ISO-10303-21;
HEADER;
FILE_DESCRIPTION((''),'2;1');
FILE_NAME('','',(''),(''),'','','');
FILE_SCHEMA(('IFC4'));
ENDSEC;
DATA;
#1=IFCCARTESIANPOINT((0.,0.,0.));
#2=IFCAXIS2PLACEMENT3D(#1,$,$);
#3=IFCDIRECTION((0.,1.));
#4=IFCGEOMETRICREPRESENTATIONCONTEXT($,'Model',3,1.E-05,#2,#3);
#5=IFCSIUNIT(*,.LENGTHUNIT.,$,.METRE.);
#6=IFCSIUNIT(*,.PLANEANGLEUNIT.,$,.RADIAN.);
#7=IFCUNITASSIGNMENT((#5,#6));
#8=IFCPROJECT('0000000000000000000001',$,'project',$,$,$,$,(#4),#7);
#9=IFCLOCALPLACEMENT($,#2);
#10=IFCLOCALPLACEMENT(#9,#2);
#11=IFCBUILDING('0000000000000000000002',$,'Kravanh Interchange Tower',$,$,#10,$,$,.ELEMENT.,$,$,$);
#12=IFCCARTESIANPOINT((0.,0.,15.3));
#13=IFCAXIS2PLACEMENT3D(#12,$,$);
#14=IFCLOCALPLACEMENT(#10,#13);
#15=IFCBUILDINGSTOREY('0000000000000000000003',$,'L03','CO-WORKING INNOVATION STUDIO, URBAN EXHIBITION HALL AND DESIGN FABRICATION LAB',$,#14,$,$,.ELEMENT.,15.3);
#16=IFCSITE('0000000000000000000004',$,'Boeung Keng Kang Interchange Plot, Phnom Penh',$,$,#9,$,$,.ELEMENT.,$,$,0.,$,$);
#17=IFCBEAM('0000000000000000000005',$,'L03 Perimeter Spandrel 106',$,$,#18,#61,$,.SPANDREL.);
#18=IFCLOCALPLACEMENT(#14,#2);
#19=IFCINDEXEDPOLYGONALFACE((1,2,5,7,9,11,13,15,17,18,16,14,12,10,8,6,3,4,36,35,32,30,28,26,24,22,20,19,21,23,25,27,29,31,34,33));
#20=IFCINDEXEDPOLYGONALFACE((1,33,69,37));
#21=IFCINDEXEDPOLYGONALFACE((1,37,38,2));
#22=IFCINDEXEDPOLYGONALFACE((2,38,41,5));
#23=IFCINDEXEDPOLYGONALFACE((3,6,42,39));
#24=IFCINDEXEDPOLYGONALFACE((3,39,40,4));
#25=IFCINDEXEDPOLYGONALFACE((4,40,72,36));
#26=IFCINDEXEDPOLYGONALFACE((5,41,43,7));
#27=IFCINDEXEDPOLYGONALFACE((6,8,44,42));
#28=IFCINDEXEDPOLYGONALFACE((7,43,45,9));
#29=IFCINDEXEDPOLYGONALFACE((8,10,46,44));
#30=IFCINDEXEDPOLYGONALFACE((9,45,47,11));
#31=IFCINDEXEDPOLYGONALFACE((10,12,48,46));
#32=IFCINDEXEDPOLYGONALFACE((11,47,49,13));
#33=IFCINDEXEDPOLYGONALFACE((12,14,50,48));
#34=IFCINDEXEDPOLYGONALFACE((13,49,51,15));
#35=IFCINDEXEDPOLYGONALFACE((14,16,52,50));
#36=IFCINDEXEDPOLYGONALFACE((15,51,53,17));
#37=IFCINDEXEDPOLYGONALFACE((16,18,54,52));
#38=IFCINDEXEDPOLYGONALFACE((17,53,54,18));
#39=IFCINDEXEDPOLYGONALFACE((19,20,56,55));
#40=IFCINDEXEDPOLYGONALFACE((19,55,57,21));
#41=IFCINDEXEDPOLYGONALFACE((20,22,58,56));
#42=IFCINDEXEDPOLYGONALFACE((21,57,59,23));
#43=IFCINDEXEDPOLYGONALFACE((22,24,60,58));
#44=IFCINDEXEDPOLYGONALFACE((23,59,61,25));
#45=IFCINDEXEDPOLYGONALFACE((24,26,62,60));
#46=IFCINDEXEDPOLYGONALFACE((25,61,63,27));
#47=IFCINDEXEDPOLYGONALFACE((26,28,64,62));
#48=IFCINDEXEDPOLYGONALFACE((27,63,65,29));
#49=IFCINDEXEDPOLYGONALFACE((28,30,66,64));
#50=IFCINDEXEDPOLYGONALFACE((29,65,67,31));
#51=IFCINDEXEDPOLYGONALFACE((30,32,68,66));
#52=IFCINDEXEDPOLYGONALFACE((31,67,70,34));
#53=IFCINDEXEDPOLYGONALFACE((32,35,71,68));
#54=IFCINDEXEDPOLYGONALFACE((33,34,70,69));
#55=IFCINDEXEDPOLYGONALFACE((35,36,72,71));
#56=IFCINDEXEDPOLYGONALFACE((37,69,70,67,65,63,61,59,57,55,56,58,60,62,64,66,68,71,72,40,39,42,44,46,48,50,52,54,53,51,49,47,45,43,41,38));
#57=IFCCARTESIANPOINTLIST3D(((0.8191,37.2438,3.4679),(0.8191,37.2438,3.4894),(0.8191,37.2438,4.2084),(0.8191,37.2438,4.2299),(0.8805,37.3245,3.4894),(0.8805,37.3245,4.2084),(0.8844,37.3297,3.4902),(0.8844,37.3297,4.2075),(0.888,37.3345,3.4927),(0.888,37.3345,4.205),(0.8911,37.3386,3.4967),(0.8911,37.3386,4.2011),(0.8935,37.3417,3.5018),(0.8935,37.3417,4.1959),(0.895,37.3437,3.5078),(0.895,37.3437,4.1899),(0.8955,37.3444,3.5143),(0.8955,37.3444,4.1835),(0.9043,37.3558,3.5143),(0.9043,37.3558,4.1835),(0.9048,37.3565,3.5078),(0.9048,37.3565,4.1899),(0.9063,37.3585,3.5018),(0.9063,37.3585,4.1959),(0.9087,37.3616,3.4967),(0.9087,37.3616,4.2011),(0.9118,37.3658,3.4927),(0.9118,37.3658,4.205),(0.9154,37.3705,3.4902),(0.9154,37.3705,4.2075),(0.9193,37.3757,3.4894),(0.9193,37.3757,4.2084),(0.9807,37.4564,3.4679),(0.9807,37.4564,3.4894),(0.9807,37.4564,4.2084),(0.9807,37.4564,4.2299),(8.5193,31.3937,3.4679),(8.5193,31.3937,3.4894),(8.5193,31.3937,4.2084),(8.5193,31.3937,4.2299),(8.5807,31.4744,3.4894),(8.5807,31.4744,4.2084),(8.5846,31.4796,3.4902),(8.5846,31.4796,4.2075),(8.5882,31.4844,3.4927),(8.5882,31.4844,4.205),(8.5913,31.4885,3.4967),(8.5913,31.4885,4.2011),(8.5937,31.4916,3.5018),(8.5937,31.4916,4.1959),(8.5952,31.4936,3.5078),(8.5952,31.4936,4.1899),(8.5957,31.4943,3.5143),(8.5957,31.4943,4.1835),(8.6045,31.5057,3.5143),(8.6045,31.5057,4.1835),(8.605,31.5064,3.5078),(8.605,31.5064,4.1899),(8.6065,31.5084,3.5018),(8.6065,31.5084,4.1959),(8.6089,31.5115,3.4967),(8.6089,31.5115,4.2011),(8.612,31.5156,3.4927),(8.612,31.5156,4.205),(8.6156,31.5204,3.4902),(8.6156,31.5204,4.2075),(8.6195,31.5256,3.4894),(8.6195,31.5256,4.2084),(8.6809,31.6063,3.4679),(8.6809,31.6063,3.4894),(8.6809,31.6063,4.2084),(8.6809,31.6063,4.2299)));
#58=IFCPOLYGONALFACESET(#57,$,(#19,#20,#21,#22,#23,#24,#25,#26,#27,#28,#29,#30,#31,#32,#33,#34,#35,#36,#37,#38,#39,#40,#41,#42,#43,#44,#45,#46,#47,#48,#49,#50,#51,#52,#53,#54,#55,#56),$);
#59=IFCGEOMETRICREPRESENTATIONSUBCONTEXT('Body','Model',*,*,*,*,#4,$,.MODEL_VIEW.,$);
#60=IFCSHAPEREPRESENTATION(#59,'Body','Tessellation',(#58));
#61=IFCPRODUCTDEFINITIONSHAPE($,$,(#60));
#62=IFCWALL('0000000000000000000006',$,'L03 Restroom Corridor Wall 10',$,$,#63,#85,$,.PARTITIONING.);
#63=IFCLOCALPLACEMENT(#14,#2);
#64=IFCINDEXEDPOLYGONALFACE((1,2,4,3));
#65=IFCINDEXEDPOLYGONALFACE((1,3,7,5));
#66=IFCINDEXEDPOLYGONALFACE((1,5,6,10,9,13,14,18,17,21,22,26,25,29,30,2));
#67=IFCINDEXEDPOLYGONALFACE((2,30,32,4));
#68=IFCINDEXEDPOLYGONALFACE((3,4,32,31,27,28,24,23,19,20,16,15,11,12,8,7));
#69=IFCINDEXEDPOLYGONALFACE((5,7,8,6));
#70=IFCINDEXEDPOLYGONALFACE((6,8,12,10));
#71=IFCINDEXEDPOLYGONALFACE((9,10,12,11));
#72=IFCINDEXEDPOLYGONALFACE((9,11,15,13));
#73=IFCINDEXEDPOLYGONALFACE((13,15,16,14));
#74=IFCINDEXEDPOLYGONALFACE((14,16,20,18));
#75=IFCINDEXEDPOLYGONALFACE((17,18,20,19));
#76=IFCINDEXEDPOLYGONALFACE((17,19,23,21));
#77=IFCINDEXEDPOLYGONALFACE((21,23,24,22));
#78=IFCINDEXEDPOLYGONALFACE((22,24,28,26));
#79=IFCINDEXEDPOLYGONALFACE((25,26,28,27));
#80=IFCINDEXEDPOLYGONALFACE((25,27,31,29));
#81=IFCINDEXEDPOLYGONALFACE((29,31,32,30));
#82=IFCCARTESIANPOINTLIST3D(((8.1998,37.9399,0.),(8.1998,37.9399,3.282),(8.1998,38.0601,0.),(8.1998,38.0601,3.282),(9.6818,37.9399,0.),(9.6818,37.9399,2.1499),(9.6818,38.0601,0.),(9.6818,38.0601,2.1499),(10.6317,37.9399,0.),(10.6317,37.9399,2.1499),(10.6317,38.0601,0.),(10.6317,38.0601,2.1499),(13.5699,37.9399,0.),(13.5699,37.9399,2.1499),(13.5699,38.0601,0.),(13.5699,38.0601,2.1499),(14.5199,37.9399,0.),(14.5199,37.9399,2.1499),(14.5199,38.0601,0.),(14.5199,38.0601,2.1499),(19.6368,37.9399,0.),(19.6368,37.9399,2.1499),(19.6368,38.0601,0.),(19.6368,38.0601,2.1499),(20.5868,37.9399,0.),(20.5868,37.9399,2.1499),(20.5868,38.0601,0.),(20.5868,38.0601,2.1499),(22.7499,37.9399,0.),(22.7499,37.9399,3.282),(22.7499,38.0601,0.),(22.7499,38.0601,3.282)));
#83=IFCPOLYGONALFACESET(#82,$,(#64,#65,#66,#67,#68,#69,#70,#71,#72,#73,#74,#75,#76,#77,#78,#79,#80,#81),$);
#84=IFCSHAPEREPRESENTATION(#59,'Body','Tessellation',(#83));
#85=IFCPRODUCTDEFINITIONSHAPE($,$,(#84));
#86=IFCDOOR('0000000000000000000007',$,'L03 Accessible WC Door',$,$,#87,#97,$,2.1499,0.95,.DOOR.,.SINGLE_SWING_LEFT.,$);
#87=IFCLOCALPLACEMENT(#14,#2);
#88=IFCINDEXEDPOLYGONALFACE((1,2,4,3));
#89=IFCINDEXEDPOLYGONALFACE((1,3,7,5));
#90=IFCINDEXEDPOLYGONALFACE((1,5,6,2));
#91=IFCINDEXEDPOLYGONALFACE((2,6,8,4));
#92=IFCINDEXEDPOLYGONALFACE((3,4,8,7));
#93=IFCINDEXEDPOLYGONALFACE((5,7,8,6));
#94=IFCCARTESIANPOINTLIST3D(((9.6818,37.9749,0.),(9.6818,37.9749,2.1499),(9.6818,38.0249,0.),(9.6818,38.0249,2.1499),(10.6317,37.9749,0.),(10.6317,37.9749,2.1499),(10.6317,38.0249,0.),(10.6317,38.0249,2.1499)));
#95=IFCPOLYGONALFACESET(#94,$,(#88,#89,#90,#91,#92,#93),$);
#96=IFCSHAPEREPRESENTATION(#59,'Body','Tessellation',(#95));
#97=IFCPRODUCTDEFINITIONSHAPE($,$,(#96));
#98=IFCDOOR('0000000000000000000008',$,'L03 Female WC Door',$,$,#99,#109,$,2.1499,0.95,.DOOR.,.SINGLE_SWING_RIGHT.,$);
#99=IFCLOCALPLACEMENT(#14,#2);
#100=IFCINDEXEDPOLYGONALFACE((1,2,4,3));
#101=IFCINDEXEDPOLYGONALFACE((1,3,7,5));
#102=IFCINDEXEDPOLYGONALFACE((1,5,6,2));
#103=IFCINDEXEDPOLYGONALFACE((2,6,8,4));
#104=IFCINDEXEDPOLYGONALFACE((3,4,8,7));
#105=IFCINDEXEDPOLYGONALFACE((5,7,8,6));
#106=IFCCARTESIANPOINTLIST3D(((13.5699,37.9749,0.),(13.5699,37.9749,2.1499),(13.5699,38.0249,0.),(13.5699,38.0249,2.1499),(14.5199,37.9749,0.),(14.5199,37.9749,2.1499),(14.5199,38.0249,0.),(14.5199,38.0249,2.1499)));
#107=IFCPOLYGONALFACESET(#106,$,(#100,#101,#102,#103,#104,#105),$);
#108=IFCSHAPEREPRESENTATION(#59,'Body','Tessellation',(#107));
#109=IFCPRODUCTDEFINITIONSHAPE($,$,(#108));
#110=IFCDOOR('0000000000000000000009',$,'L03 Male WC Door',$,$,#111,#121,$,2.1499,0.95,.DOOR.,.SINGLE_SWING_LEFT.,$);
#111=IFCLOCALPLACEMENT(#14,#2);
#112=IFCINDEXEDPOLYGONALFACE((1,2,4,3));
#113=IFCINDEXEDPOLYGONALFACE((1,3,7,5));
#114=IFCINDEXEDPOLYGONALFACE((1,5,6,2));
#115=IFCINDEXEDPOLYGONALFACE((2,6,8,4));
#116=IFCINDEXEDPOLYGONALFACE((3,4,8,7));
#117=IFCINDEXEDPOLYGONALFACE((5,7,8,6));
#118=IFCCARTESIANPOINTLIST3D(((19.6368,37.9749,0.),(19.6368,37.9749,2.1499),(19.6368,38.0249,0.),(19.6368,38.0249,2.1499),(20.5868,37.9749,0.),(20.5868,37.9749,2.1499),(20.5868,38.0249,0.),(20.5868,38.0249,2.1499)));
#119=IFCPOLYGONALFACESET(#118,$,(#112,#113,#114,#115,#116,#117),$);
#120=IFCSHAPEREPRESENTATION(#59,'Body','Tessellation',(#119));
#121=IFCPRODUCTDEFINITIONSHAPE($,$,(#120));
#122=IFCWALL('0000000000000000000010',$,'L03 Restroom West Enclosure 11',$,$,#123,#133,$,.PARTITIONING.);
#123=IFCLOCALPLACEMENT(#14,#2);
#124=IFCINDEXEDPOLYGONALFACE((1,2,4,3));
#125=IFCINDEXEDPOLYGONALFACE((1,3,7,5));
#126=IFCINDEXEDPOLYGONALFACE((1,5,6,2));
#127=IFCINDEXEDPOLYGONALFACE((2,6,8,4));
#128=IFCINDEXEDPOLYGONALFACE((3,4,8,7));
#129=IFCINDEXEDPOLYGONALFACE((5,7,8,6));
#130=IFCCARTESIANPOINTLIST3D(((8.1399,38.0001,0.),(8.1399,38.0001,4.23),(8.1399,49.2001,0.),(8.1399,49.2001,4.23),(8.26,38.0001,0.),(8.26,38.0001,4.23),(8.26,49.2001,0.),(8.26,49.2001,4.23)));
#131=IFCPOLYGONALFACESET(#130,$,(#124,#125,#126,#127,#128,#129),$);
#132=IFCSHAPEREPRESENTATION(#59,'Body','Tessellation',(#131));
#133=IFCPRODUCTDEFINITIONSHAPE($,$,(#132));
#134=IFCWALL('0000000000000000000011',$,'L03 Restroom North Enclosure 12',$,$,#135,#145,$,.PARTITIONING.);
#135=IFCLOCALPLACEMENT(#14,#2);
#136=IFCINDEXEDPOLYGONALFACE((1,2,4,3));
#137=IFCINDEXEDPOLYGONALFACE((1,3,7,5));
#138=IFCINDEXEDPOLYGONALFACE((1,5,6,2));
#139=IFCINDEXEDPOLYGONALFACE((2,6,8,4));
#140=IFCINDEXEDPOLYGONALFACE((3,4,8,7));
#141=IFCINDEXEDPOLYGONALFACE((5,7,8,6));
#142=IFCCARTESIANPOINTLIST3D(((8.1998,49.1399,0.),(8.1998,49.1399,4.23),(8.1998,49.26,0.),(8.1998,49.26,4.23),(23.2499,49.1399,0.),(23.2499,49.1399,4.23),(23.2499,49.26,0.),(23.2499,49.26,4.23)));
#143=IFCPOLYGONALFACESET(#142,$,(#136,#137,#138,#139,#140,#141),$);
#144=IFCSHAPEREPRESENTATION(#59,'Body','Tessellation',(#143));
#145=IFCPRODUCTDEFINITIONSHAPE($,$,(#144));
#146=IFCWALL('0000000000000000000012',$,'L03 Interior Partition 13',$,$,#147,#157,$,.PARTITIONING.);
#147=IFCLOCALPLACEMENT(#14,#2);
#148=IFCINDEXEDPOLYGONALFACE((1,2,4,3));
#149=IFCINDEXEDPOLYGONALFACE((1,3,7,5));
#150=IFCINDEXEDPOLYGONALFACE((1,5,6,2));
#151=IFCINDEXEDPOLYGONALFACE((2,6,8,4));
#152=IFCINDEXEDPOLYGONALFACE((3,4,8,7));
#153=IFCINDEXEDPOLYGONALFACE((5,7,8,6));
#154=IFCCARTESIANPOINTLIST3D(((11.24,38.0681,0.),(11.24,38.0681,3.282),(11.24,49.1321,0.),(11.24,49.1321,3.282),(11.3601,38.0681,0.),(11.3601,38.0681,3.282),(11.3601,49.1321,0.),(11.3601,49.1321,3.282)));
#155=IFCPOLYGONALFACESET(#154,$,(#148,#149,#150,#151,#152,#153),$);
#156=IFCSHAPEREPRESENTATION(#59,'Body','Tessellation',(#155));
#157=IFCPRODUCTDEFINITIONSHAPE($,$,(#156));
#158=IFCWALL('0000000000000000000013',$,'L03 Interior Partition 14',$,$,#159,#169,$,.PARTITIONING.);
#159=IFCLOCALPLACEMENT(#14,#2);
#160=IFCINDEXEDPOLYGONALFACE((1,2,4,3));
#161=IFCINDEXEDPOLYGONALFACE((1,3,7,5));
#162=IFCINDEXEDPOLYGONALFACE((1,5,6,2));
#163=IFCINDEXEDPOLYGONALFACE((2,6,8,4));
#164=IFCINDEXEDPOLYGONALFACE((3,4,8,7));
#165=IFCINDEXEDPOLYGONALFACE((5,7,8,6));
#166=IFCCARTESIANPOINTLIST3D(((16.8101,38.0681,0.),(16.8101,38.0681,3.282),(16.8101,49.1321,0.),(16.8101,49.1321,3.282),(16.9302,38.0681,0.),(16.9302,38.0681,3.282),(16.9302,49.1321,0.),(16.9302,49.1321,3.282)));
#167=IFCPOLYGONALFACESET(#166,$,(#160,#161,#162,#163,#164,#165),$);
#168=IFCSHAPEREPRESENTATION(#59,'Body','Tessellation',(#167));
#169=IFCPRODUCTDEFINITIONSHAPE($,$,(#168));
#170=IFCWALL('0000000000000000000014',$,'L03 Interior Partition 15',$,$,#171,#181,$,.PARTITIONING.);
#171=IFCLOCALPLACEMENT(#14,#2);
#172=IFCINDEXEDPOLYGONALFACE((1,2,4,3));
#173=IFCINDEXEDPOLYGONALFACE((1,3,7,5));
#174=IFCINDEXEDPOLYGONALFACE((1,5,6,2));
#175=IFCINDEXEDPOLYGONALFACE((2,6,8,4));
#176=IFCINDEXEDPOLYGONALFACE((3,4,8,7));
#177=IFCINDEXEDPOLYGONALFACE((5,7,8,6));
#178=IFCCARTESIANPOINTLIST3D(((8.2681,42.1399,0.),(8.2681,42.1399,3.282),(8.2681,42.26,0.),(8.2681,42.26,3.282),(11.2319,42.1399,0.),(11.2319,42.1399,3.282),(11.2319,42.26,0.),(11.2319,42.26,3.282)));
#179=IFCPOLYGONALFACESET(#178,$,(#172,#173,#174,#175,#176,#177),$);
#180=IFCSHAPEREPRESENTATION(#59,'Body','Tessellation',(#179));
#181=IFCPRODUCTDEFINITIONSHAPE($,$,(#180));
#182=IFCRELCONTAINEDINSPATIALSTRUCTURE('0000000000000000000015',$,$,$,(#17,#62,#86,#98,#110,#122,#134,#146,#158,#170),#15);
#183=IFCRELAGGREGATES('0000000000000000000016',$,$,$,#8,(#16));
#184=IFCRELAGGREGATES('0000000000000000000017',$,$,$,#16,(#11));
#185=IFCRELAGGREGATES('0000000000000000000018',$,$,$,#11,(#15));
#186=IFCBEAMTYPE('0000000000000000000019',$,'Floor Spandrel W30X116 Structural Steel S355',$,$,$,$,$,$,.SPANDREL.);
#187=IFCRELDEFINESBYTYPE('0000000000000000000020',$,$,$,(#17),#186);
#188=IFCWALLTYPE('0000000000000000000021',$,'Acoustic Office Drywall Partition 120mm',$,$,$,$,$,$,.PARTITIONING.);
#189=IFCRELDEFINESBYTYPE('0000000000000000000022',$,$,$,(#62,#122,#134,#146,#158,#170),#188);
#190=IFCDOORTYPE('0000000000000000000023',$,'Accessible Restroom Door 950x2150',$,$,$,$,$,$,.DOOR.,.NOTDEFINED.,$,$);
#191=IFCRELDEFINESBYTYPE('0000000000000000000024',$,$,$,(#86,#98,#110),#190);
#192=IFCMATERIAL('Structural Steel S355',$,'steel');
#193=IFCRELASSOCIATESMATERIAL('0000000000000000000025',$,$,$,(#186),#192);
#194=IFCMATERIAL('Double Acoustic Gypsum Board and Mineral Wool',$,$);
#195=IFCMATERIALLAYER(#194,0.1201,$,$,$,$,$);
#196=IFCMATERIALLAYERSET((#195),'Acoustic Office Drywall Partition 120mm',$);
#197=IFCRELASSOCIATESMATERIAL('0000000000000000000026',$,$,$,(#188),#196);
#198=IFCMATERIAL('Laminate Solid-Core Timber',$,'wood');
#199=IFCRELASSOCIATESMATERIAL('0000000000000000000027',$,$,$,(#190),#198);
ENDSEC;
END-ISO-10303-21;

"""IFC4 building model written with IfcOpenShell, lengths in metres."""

from ifc_helpers import new_model, si_unit, direction, frame, frame_2d, origin, origin_2d, place, context, subcontext, project, spatial, rectangle, i_section, extrude, material, layer, layer_set, material_profile, profile_set, type_object, element, fill, save


model = new_model("IFC4")

# Units and contexts
model_context = context("Model", 3, precision=1e-05, world=origin(), true_north=direction((0.0, 1.0)))
body_context = subcontext(model_context, "Body", "Model", "MODEL_VIEW")
ifc_project = project(units=[si_unit("LENGTHUNIT", "METRE"), si_unit("PLANEANGLEUNIT", "RADIAN")], contexts=[model_context])

# Site, building, storey
site_placement = place(None, origin())
site = spatial("IfcSite", under=ifc_project, at=site_placement, Name="Boeung Keng Kang Interchange Plot, Phnom Penh", CompositionType="ELEMENT", RefElevation=0.0)
building_placement = place(site_placement, origin())
building = spatial("IfcBuilding", under=site, at=building_placement, Name="Kravanh Interchange Tower", CompositionType="ELEMENT")
storey_placement = place(building_placement, frame((0.0, 0.0, 15.3)))
storey = spatial("IfcBuildingStorey", under=building, at=storey_placement, Name="L03", Description="CO-WORKING INNOVATION STUDIO, URBAN EXHIBITION HALL AND DESIGN FABRICATION LAB", CompositionType="ELEMENT", Elevation=15.3)

# Beam
ifc_material_1 = material(Name="Structural Steel S355", Category="steel")
ifc_material_profile_1 = material_profile(ifc_material_1, i_section(OverallWidth=0.2671, OverallDepth=0.762, WebThickness=0.0144, FlangeThickness=0.0215, FilletRadius=0.0249, at=origin_2d()), Name="W30X116")
ifc_profile_set_1 = profile_set([ifc_material_profile_1], Name="Structural Steel S355")
beam_type_1 = type_object("IfcBeamType", Name="Floor Spandrel W30X116 Structural Steel S355", PredefinedType="SPANDREL", material=ifc_profile_set_1)
beam_1_placement = place(storey_placement, frame((8.6001, 31.5, 3.8489), z_axis=(-0.796264, 0.604949, 0.0), x_axis=(-0.604949, -0.796264, 0.0)))
element("IfcBeam", 1, at=beam_1_placement, inside=storey, type_object=beam_type_1, Name="L03 Perimeter Spandrel 106", PredefinedType="SPANDREL", context=body_context, shape_type="SweptSolid", body=[
    extrude(i_section(OverallWidth=0.2671, OverallDepth=0.762, WebThickness=0.0144, FlangeThickness=0.0215, FilletRadius=0.0249, at=origin_2d()), origin(), (0.0, 0.0, 1.0), 9.6704),
])

# Wall, openings, doors
ifc_material_2 = material(Name="Double Acoustic Gypsum Board and Mineral Wool")
ifc_layer_1 = layer(ifc_material_2, 0.1201)
ifc_layer_set_1 = layer_set([ifc_layer_1], Name="Acoustic Office Drywall Partition 120mm")
wall_type_1 = type_object("IfcWallType", Name="Acoustic Office Drywall Partition 120mm", PredefinedType="PARTITIONING", material=ifc_layer_set_1)
wall_1_placement = place(storey_placement, frame((8.2, 38.0, 0.0), z_axis=(0.0, 0.0, 1.0), x_axis=(1.0, 0.0, 0.0)))
wall_1 = element("IfcWall", 2, at=wall_1_placement, inside=storey, type_object=wall_type_1, Name="L03 Restroom Corridor Wall 10", PredefinedType="PARTITIONING", context=body_context, shape_type="SweptSolid", body=[
    extrude(rectangle(XDim=14.55, YDim=0.1201, at=frame_2d((7.2749, 0.0))), origin(), (0.0, 0.0, 1.0), 3.282),
])
opening_1_placement = place(wall_1_placement, frame((1.4817, 0.0, 0.0)))
opening_1 = element("IfcOpeningElement", 3, at=opening_1_placement, cuts=wall_1, PredefinedType="OPENING", context=body_context, shape_type="SweptSolid", body=[
    extrude(rectangle(XDim=0.95, YDim=2.1499, at=frame_2d((0.4751, 1.075))), frame((0.0, 0.0701, 0.0), z_axis=(0.0, -1.0, 0.0), x_axis=(1.0, 0.0, 0.0)), (0.0, 0.0, 1.0), 0.1401),
])
opening_2_placement = place(wall_1_placement, frame((5.3699, 0.0, 0.0)))
opening_2 = element("IfcOpeningElement", 4, at=opening_2_placement, cuts=wall_1, PredefinedType="OPENING", context=body_context, shape_type="SweptSolid", body=[
    extrude(rectangle(XDim=0.95, YDim=2.1499, at=frame_2d((0.4751, 1.075))), frame((0.0, 0.0701, 0.0), z_axis=(0.0, -1.0, 0.0), x_axis=(1.0, 0.0, 0.0)), (0.0, 0.0, 1.0), 0.1401),
])
opening_3_placement = place(wall_1_placement, frame((11.4368, 0.0, 0.0)))
opening_3 = element("IfcOpeningElement", 5, at=opening_3_placement, cuts=wall_1, PredefinedType="OPENING", context=body_context, shape_type="SweptSolid", body=[
    extrude(rectangle(XDim=0.95, YDim=2.1499, at=frame_2d((0.4751, 1.075))), frame((0.0, 0.0701, 0.0), z_axis=(0.0, -1.0, 0.0), x_axis=(1.0, 0.0, 0.0)), (0.0, 0.0, 1.0), 0.1401),
])
ifc_material_3 = material(Name="Laminate Solid-Core Timber", Category="wood")
door_type = type_object("IfcDoorType", Name="Accessible Restroom Door 950x2150", OperationType="NOTDEFINED", PredefinedType="DOOR", material=ifc_material_3)
door_1_placement = place(opening_1_placement, origin())
door_1 = element("IfcDoor", 6, at=door_1_placement, inside=storey, type_object=door_type, Name="L03 Accessible WC Door", OperationType="SINGLE_SWING_LEFT", OverallHeight=2.1499, OverallWidth=0.95, PredefinedType="DOOR", context=body_context, shape_type="SweptSolid", body=[
    extrude(rectangle(XDim=0.95, YDim=2.1499, at=frame_2d((0.4751, 1.075))), frame((0.0, 0.0249, 0.0), z_axis=(0.0, -1.0, 0.0), x_axis=(1.0, 0.0, 0.0)), (0.0, 0.0, 1.0), 0.05),
])
fill(opening_1, door_1)
door_2_placement = place(opening_2_placement, origin())
door_2 = element("IfcDoor", 7, at=door_2_placement, inside=storey, type_object=door_type, Name="L03 Female WC Door", OperationType="SINGLE_SWING_RIGHT", OverallHeight=2.1499, OverallWidth=0.95, PredefinedType="DOOR", context=body_context, shape_type="SweptSolid", body=[
    extrude(rectangle(XDim=0.95, YDim=2.1499, at=frame_2d((0.4751, 1.075))), frame((0.0, 0.0249, 0.0), z_axis=(0.0, -1.0, 0.0), x_axis=(1.0, 0.0, 0.0)), (0.0, 0.0, 1.0), 0.05),
])
fill(opening_2, door_2)
door_3_placement = place(opening_3_placement, origin())
door_3 = element("IfcDoor", 8, at=door_3_placement, inside=storey, type_object=door_type, Name="L03 Male WC Door", OperationType="SINGLE_SWING_LEFT", OverallHeight=2.1499, OverallWidth=0.95, PredefinedType="DOOR", context=body_context, shape_type="SweptSolid", body=[
    extrude(rectangle(XDim=0.95, YDim=2.1499, at=frame_2d((0.4751, 1.075))), frame((0.0, 0.0249, 0.0), z_axis=(0.0, -1.0, 0.0), x_axis=(1.0, 0.0, 0.0)), (0.0, 0.0, 1.0), 0.05),
])
fill(opening_3, door_3)

# Walls
wall_2_placement = place(storey_placement, frame((8.2, 38.0, 0.0), z_axis=(0.0, 0.0, 1.0), x_axis=(0.0, 1.0, 0.0)))
element("IfcWall", 9, at=wall_2_placement, inside=storey, type_object=wall_type_1, Name="L03 Restroom West Enclosure 11", PredefinedType="PARTITIONING", context=body_context, shape_type="SweptSolid", body=[
    extrude(rectangle(XDim=11.2, YDim=0.1201, at=frame_2d((5.6001, 0.0))), origin(), (0.0, 0.0, 1.0), 4.23),
])
wall_3_placement = place(storey_placement, frame((8.2, 49.2, 0.0), z_axis=(0.0, 0.0, 1.0), x_axis=(1.0, 0.0, 0.0)))
element("IfcWall", 10, at=wall_3_placement, inside=storey, type_object=wall_type_1, Name="L03 Restroom North Enclosure 12", PredefinedType="PARTITIONING", context=body_context, shape_type="SweptSolid", body=[
    extrude(rectangle(XDim=15.05, YDim=0.1201, at=frame_2d((7.5249, 0.0))), origin(), (0.0, 0.0, 1.0), 4.23),
])
for number, where, z_axis, x_axis, name in (
    (11, (11.3, 38.0681, 0.0), (0.0, 0.0, 1.0), (0.0, 1.0, 0.0), "L03 Interior Partition 13"),
    (12, (16.8701, 38.0681, 0.0), (0.0, 0.0, 1.0), (0.0, 1.0, 0.0), "L03 Interior Partition 14"),
):
    element("IfcWall", number, at=place(storey_placement, frame(where, z_axis=z_axis, x_axis=x_axis)), inside=storey, type_object=wall_type_1, Name=name, PredefinedType="PARTITIONING", context=body_context, shape_type="SweptSolid", body=[
        extrude(rectangle(XDim=11.064, YDim=0.1201, at=frame_2d((5.532, 0.0))), origin(), (0.0, 0.0, 1.0), 3.282),
    ])
wall_4_placement = place(storey_placement, frame((8.2681, 42.2, 0.0), z_axis=(0.0, 0.0, 1.0), x_axis=(1.0, 0.0, 0.0)))
element("IfcWall", 13, at=wall_4_placement, inside=storey, type_object=wall_type_1, Name="L03 Interior Partition 15", PredefinedType="PARTITIONING", context=body_context, shape_type="SweptSolid", body=[
    extrude(rectangle(XDim=2.9639, YDim=0.1201, at=frame_2d((1.4819, 0.0))), origin(), (0.0, 0.0, 1.0), 3.282),
])

save(model, "model.ifc")
